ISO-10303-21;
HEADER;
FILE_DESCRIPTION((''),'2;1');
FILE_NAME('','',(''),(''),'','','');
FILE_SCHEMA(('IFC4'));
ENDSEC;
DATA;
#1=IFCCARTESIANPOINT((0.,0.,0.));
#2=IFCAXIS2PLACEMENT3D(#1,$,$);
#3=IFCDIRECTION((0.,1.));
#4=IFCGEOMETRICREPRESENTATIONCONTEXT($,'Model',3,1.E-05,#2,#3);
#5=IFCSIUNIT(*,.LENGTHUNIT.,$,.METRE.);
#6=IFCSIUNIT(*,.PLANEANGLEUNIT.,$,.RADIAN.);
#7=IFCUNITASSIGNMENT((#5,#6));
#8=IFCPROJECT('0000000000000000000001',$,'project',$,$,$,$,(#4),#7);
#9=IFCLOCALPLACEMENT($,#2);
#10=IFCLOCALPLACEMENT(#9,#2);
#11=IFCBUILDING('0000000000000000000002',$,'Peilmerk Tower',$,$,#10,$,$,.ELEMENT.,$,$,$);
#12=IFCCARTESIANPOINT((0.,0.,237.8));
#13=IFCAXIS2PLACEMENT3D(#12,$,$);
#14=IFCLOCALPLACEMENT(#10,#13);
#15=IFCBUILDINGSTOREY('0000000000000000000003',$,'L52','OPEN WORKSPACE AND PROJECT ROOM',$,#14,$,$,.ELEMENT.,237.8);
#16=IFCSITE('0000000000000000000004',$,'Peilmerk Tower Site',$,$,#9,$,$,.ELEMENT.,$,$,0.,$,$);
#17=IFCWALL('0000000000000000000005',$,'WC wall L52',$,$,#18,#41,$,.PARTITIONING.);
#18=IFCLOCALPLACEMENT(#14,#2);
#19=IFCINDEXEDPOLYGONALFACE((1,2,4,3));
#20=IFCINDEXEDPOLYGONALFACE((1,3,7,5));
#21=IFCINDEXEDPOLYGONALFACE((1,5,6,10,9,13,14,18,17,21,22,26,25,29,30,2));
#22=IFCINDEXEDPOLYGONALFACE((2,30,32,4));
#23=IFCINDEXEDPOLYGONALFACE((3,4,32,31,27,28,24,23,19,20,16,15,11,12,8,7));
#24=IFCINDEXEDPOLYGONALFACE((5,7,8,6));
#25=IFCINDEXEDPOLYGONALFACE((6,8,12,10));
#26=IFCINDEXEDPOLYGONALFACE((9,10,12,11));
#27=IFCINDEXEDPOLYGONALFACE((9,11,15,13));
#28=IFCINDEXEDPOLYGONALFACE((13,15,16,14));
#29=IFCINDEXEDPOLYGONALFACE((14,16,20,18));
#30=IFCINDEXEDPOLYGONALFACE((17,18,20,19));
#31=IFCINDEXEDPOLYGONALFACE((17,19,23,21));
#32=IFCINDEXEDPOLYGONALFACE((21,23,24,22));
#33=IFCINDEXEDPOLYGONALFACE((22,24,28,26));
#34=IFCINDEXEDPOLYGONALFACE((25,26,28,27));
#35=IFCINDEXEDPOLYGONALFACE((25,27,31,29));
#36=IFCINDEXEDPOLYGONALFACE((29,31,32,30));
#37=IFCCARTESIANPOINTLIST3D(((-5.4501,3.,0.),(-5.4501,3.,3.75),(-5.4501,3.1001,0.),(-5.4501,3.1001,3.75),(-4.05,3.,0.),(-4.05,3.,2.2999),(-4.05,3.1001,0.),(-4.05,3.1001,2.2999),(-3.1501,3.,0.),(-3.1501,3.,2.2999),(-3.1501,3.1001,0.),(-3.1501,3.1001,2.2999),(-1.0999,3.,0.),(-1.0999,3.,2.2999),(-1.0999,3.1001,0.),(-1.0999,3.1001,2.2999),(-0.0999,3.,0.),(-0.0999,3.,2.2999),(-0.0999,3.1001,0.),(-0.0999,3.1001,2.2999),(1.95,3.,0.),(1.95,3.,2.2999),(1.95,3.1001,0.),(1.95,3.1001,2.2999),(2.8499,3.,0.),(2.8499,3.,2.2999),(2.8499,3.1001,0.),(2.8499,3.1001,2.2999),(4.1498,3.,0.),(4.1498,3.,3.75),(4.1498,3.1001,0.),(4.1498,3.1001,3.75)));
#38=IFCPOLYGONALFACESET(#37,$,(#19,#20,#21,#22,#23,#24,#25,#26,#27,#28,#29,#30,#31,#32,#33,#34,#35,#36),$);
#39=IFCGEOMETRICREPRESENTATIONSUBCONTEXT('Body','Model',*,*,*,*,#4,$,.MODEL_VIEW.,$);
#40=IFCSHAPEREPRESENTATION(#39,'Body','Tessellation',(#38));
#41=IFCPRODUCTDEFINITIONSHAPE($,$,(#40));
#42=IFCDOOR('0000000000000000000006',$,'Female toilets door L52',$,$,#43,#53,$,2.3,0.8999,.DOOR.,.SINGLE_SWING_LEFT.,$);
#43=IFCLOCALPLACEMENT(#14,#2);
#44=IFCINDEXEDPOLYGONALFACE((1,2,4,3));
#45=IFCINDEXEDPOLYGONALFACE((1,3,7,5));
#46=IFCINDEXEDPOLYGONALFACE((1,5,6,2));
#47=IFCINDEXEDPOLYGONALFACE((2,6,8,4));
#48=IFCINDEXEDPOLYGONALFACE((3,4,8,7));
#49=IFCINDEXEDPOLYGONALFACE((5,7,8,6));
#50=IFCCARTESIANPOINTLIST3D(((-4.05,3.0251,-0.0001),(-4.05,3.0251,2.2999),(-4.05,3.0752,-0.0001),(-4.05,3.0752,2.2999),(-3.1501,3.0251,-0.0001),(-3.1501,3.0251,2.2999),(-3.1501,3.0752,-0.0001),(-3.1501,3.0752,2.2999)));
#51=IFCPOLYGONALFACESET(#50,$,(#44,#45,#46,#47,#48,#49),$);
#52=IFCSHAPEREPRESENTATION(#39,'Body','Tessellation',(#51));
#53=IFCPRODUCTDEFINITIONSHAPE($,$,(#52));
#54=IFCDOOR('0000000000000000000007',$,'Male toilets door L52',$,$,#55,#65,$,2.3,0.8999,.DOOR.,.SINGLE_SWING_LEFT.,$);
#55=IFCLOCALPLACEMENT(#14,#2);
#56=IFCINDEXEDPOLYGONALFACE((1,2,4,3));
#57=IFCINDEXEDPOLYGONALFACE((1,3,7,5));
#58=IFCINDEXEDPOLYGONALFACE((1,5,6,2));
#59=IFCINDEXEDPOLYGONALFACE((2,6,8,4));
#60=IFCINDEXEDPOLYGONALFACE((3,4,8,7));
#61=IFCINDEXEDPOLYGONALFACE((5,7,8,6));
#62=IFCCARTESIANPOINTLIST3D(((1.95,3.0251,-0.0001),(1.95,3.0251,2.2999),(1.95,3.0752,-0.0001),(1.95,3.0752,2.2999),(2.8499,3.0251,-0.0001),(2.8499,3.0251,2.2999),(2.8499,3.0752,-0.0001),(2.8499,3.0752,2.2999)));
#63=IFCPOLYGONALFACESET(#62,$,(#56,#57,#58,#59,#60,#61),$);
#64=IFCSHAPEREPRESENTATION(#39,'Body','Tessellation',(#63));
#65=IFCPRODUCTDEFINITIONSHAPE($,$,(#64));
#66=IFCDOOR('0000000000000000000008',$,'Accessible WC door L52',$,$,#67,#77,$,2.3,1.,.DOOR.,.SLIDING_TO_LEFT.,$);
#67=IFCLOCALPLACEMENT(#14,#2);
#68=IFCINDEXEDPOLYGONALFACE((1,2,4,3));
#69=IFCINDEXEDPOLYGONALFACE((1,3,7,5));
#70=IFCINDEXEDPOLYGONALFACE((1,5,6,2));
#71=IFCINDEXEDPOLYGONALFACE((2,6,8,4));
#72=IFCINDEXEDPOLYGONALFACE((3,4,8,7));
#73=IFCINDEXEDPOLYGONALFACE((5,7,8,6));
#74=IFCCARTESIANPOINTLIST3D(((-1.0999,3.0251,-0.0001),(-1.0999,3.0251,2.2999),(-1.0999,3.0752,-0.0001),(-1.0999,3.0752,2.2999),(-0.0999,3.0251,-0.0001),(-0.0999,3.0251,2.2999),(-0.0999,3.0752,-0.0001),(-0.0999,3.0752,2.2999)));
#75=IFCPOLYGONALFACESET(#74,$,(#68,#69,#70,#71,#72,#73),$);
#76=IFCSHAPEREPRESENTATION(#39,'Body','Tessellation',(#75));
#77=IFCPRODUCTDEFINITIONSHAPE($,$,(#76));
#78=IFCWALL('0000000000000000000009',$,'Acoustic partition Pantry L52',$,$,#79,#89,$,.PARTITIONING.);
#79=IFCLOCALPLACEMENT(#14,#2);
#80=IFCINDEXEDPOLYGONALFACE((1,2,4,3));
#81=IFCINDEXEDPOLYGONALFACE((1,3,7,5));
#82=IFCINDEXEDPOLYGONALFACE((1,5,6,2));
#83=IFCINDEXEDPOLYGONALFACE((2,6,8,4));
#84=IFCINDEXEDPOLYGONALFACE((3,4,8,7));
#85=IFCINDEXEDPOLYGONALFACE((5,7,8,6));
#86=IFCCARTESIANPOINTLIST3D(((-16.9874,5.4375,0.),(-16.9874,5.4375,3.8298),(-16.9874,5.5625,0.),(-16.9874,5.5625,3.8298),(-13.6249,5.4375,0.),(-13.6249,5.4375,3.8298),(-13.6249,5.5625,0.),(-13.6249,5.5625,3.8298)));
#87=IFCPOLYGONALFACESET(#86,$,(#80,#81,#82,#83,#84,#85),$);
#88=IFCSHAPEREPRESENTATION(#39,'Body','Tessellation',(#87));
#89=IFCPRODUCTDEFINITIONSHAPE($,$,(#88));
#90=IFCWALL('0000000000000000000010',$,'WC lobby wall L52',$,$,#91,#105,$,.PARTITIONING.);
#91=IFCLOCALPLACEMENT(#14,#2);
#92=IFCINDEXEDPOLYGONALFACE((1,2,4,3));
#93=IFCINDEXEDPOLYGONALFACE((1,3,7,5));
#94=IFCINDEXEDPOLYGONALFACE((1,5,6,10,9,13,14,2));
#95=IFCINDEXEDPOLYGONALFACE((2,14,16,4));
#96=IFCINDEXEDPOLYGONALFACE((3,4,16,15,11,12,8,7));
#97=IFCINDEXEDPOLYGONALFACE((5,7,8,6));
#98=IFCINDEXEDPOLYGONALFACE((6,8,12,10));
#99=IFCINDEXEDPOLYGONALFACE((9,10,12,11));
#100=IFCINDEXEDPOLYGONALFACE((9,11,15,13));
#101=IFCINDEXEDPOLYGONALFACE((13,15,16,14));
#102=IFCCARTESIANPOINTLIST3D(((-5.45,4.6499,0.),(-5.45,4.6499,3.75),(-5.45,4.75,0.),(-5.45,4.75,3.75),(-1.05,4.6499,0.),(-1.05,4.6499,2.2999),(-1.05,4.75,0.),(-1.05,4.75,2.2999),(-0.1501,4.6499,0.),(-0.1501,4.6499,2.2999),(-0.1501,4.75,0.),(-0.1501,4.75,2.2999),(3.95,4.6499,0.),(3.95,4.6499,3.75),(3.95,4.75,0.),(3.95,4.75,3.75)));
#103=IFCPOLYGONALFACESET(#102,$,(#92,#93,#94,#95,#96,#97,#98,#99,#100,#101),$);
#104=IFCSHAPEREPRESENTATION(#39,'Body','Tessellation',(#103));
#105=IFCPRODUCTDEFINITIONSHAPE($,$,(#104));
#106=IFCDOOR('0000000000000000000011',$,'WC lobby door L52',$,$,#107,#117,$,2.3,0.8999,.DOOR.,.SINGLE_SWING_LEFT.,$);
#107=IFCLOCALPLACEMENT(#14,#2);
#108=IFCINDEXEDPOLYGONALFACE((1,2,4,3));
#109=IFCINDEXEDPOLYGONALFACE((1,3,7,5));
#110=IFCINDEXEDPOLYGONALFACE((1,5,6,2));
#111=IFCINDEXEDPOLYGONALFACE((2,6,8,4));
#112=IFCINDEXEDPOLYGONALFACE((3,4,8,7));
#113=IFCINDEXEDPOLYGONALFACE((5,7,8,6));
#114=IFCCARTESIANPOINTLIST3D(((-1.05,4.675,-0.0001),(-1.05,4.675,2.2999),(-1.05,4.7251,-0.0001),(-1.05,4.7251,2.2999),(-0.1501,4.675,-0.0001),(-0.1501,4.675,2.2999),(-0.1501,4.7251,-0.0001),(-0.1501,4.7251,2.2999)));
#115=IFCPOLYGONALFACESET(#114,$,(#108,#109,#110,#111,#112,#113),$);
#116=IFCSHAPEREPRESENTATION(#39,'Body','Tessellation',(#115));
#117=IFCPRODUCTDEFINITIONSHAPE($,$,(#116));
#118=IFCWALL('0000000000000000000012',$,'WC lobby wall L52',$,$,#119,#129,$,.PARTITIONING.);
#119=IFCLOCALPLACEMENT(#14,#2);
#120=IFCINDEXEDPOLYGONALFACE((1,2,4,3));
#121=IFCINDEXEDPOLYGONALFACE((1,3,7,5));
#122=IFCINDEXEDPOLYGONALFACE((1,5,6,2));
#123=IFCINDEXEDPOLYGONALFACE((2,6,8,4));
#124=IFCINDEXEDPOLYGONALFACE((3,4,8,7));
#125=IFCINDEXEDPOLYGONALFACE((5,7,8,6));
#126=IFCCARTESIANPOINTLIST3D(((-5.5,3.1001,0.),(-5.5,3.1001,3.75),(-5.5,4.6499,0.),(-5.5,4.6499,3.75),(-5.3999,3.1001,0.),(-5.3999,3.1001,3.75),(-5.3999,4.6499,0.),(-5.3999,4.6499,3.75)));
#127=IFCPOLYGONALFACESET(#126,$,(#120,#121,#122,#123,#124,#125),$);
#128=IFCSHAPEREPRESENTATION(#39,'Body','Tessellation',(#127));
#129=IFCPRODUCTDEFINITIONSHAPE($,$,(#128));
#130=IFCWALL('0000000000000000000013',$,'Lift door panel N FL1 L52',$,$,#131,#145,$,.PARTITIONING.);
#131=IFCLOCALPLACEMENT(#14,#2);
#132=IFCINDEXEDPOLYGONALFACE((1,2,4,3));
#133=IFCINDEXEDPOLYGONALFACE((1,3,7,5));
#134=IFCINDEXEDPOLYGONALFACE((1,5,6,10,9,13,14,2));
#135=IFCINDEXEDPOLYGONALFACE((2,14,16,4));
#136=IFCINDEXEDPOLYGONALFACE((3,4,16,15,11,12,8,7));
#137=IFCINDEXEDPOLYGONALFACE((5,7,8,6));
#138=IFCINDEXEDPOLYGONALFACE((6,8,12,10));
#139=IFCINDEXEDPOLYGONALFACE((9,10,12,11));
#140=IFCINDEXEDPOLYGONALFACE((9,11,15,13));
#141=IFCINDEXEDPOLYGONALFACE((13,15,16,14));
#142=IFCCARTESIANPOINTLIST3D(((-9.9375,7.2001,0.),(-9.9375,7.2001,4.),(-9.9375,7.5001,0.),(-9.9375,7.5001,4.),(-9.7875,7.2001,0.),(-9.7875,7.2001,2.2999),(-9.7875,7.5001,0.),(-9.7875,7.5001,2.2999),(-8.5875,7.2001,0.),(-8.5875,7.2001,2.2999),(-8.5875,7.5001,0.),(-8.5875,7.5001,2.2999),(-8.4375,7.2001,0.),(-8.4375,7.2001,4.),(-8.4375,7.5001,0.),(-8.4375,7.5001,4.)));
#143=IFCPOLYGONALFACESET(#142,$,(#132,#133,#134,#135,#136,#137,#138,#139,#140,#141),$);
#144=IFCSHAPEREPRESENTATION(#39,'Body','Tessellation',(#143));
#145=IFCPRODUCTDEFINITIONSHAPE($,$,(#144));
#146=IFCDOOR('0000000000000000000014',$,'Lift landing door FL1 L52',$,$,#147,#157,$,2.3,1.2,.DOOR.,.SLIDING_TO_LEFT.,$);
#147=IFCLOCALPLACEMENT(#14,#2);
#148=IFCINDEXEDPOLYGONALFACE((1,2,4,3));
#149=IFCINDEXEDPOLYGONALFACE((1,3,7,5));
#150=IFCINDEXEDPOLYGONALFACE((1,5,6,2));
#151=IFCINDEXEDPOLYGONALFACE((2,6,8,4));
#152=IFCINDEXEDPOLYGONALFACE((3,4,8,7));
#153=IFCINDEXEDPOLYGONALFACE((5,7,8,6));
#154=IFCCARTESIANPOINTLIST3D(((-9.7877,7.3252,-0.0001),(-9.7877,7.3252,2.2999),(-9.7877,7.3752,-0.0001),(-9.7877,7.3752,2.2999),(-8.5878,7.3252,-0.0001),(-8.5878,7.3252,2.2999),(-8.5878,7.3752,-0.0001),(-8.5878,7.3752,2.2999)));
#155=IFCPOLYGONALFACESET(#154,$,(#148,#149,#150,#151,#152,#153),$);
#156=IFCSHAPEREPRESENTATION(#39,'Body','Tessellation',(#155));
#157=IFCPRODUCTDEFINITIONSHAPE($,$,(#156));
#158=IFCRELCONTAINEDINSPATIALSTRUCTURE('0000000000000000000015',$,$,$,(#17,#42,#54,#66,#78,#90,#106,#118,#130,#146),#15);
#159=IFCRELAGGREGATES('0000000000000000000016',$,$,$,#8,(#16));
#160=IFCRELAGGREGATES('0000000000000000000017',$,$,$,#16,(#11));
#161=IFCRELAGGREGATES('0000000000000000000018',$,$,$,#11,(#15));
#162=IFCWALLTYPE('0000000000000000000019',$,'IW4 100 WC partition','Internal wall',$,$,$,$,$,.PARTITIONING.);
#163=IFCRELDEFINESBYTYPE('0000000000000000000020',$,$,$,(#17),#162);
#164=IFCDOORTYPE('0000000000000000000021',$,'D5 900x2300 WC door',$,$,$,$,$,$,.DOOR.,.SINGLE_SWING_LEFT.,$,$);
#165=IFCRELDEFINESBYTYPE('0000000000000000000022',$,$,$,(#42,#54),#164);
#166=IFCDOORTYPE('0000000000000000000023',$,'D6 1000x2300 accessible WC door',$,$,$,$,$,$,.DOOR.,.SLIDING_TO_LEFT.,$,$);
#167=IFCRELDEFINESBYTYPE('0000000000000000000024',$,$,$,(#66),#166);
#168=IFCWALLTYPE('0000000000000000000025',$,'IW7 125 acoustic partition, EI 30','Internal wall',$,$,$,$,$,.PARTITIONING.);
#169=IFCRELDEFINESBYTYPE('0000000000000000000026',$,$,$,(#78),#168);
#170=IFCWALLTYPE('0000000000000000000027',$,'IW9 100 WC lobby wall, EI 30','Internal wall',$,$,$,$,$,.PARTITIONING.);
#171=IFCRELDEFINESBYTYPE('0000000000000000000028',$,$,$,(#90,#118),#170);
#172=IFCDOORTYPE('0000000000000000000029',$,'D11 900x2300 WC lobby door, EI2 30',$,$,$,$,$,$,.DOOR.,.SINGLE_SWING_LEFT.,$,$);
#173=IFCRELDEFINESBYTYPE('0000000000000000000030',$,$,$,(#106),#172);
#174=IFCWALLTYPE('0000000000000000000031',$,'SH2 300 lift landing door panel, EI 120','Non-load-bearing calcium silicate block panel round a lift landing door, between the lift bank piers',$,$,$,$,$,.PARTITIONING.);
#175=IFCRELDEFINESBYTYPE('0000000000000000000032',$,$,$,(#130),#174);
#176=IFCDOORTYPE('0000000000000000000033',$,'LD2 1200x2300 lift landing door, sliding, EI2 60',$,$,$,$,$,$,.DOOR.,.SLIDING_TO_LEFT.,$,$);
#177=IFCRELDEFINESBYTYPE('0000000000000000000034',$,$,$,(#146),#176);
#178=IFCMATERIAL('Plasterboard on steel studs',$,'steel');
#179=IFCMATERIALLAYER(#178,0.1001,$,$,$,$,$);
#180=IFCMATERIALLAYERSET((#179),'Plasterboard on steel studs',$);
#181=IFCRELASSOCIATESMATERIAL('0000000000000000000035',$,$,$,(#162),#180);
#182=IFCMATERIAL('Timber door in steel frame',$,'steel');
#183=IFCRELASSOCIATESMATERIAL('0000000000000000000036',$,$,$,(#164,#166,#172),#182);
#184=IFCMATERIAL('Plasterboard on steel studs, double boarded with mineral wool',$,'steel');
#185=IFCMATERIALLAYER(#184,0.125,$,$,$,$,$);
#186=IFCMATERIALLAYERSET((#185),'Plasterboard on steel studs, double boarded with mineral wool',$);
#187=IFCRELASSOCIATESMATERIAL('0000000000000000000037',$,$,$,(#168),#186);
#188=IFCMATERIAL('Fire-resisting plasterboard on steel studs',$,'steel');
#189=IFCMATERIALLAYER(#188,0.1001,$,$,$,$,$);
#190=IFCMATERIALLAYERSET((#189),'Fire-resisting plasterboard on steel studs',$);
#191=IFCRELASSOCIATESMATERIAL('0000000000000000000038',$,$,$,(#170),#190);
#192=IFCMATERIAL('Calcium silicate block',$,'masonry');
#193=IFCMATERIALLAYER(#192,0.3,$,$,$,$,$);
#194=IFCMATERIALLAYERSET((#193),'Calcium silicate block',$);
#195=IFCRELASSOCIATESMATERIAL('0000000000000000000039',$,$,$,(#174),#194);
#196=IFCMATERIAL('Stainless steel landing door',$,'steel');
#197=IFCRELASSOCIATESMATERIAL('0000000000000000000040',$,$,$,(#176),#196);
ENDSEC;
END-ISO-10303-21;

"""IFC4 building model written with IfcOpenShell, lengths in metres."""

from ifc_helpers import new_model, si_unit, direction, frame, frame_2d, origin, place, context, subcontext, project, spatial, rectangle, extrude, material, layer, layer_set, type_object, element, fill, save


model = new_model("IFC4")

# Units and contexts
model_context = context("Model", 3, precision=1e-05, world=origin(), true_north=direction((0.0, 1.0)))
body_context = subcontext(model_context, "Body", "Model", "MODEL_VIEW")
ifc_project = project(units=[si_unit("LENGTHUNIT", "METRE"), si_unit("PLANEANGLEUNIT", "RADIAN")], contexts=[model_context])

# Site, building, storey
site_placement = place(None, origin())
site = spatial("IfcSite", under=ifc_project, at=site_placement, Name="Peilmerk Tower Site", CompositionType="ELEMENT", RefElevation=0.0)
building_placement = place(site_placement, origin())
building = spatial("IfcBuilding", under=site, at=building_placement, Name="Peilmerk Tower", CompositionType="ELEMENT")
storey_placement = place(building_placement, frame((0.0, 0.0, 237.8)))
storey = spatial("IfcBuildingStorey", under=building, at=storey_placement, Name="L52", Description="OPEN WORKSPACE AND PROJECT ROOM", CompositionType="ELEMENT", Elevation=237.8)

# Wall, openings, doors
ifc_material_1 = material(Name="Plasterboard on steel studs", Category="steel")
ifc_layer_1 = layer(ifc_material_1, 0.1001)
ifc_layer_set_1 = layer_set([ifc_layer_1], Name="Plasterboard on steel studs")
wall_type_1 = type_object("IfcWallType", Name="IW4 100 WC partition", Description="Internal wall", PredefinedType="PARTITIONING", material=ifc_layer_set_1)
wall_1_placement = place(storey_placement, frame((-5.45, 3.05, 0.0), z_axis=(0.0, 0.0, 1.0), x_axis=(1.0, 0.0, 0.0)))
wall_1 = element("IfcWall", 1, at=wall_1_placement, inside=storey, type_object=wall_type_1, Name="WC wall L52", PredefinedType="PARTITIONING", context=body_context, shape_type="SweptSolid", body=[
    extrude(rectangle(XDim=9.5999, YDim=0.1001, at=frame_2d((4.7998, 0.0))), origin(), (0.0, 0.0, 1.0), 3.75),
])
opening_1_placement = place(wall_1_placement, frame((1.3999, 0.0, 0.0)))
opening_1 = element("IfcOpeningElement", 2, at=opening_1_placement, cuts=wall_1, PredefinedType="OPENING", context=body_context, shape_type="SweptSolid", body=[
    extrude(rectangle(XDim=0.8999, YDim=2.3, at=frame_2d((0.45, 1.1499))), frame((0.0, 0.0601, 0.0), z_axis=(0.0, -1.0, 0.0), x_axis=(1.0, 0.0, 0.0)), (0.0, 0.0, 1.0), 0.1201),
])
opening_2_placement = place(wall_1_placement, frame((4.3501, 0.0, 0.0)))
opening_2 = element("IfcOpeningElement", 3, at=opening_2_placement, cuts=wall_1, PredefinedType="OPENING", context=body_context, shape_type="SweptSolid", body=[
    extrude(rectangle(XDim=1.0, YDim=2.3, at=frame_2d((0.5, 1.1499))), frame((0.0, 0.0601, 0.0), z_axis=(0.0, -1.0, 0.0), x_axis=(1.0, 0.0, 0.0)), (0.0, 0.0, 1.0), 0.1201),
])
opening_3_placement = place(wall_1_placement, frame((7.3999, 0.0, 0.0)))
opening_3 = element("IfcOpeningElement", 4, at=opening_3_placement, cuts=wall_1, PredefinedType="OPENING", context=body_context, shape_type="SweptSolid", body=[
    extrude(rectangle(XDim=0.8999, YDim=2.3, at=frame_2d((0.45, 1.1499))), frame((0.0, 0.0601, 0.0), z_axis=(0.0, -1.0, 0.0), x_axis=(1.0, 0.0, 0.0)), (0.0, 0.0, 1.0), 0.1201),
])
ifc_material_2 = material(Name="Timber door in steel frame", Category="steel")
door_type_1 = type_object("IfcDoorType", Name="D5 900x2300 WC door", OperationType="SINGLE_SWING_LEFT", PredefinedType="DOOR", material=ifc_material_2)
door_1_placement = place(opening_1_placement, frame((0.8999, 0.0, 0.0), z_axis=(0.0, 0.0, 1.0), x_axis=(-1.0, 0.0, 0.0)))
door_1 = element("IfcDoor", 5, at=door_1_placement, inside=storey, type_object=door_type_1, Name="Female toilets door L52", OperationType="SINGLE_SWING_LEFT", OverallHeight=2.3, OverallWidth=0.8999, PredefinedType="DOOR", context=body_context, shape_type="SweptSolid", body=[
    extrude(rectangle(XDim=0.8999, YDim=2.3, at=frame_2d((0.45, 1.1499))), frame((0.0, 0.0249, 0.0), z_axis=(0.0, -1.0, 0.0), x_axis=(1.0, 0.0, 0.0)), (0.0, 0.0, 1.0), 0.05),
])
fill(opening_1, door_1)
door_2_placement = place(opening_3_placement, frame((0.8999, 0.0, 0.0), z_axis=(0.0, 0.0, 1.0), x_axis=(-1.0, 0.0, 0.0)))
door_2 = element("IfcDoor", 6, at=door_2_placement, inside=storey, type_object=door_type_1, Name="Male toilets door L52", OperationType="SINGLE_SWING_LEFT", OverallHeight=2.3, OverallWidth=0.8999, PredefinedType="DOOR", context=body_context, shape_type="SweptSolid", body=[
    extrude(rectangle(XDim=0.8999, YDim=2.3, at=frame_2d((0.45, 1.1499))), frame((0.0, 0.0249, 0.0), z_axis=(0.0, -1.0, 0.0), x_axis=(1.0, 0.0, 0.0)), (0.0, 0.0, 1.0), 0.05),
])
fill(opening_3, door_2)
door_type_2 = type_object("IfcDoorType", Name="D6 1000x2300 accessible WC door", OperationType="SLIDING_TO_LEFT", PredefinedType="DOOR", material=ifc_material_2)
door_3_placement = place(opening_2_placement, frame((1.0, 0.0, 0.0), z_axis=(0.0, 0.0, 1.0), x_axis=(-1.0, 0.0, 0.0)))
door_3 = element("IfcDoor", 7, at=door_3_placement, inside=storey, type_object=door_type_2, Name="Accessible WC door L52", OperationType="SLIDING_TO_LEFT", OverallHeight=2.3, OverallWidth=1.0, PredefinedType="DOOR", context=body_context, shape_type="SweptSolid", body=[
    extrude(rectangle(XDim=1.0, YDim=2.3, at=frame_2d((0.5, 1.1499))), frame((0.0, 0.0249, 0.0), z_axis=(0.0, -1.0, 0.0), x_axis=(1.0, 0.0, 0.0)), (0.0, 0.0, 1.0), 0.05),
])
fill(opening_2, door_3)

# Wall
ifc_material_3 = material(Name="Plasterboard on steel studs, double boarded with mineral wool", Category="steel")
ifc_layer_2 = layer(ifc_material_3, 0.125)
ifc_layer_set_2 = layer_set([ifc_layer_2], Name="Plasterboard on steel studs, double boarded with mineral wool")
wall_type_2 = type_object("IfcWallType", Name="IW7 125 acoustic partition, EI 30", Description="Internal wall", PredefinedType="PARTITIONING", material=ifc_layer_set_2)
wall_2_placement = place(storey_placement, frame((-13.625, 5.5, 0.0), z_axis=(0.0, 0.0, 1.0), x_axis=(-1.0, 0.0, 0.0)))
element("IfcWall", 8, at=wall_2_placement, inside=storey, type_object=wall_type_2, Name="Acoustic partition Pantry L52", PredefinedType="PARTITIONING", context=body_context, shape_type="SweptSolid", body=[
    extrude(rectangle(XDim=3.3625, YDim=0.125, at=frame_2d((1.6812, 0.0))), origin(), (0.0, 0.0, 1.0), 3.8298),
])

# Wall, opening, door
ifc_material_4 = material(Name="Fire-resisting plasterboard on steel studs", Category="steel")
ifc_layer_3 = layer(ifc_material_4, 0.1001)
ifc_layer_set_3 = layer_set([ifc_layer_3], Name="Fire-resisting plasterboard on steel studs")
wall_type_3 = type_object("IfcWallType", Name="IW9 100 WC lobby wall, EI 30", Description="Internal wall", PredefinedType="PARTITIONING", material=ifc_layer_set_3)
wall_3_placement = place(storey_placement, frame((-5.45, 4.7, 0.0), z_axis=(0.0, 0.0, 1.0), x_axis=(1.0, 0.0, 0.0)))
wall_3 = element("IfcWall", 9, at=wall_3_placement, inside=storey, type_object=wall_type_3, Name="WC lobby wall L52", PredefinedType="PARTITIONING", context=body_context, shape_type="SweptSolid", body=[
    extrude(rectangle(XDim=9.3999, YDim=0.1001, at=frame_2d((4.7, 0.0))), origin(), (0.0, 0.0, 1.0), 3.75),
])
opening_4_placement = place(wall_3_placement, frame((4.3999, 0.0, 0.0)))
opening_4 = element("IfcOpeningElement", 10, at=opening_4_placement, cuts=wall_3, PredefinedType="OPENING", context=body_context, shape_type="SweptSolid", body=[
    extrude(rectangle(XDim=0.8999, YDim=2.3, at=frame_2d((0.45, 1.1499))), frame((0.0, 0.0601, 0.0), z_axis=(0.0, -1.0, 0.0), x_axis=(1.0, 0.0, 0.0)), (0.0, 0.0, 1.0), 0.1201),
])
door_type_3 = type_object("IfcDoorType", Name="D11 900x2300 WC lobby door, EI2 30", OperationType="SINGLE_SWING_LEFT", PredefinedType="DOOR", material=ifc_material_2)
door_4_placement = place(opening_4_placement, frame((0.8999, 0.0, 0.0), z_axis=(0.0, 0.0, 1.0), x_axis=(-1.0, 0.0, 0.0)))
door_4 = element("IfcDoor", 11, at=door_4_placement, inside=storey, type_object=door_type_3, Name="WC lobby door L52", OperationType="SINGLE_SWING_LEFT", OverallHeight=2.3, OverallWidth=0.8999, PredefinedType="DOOR", context=body_context, shape_type="SweptSolid", body=[
    extrude(rectangle(XDim=0.8999, YDim=2.3, at=frame_2d((0.45, 1.1499))), frame((0.0, 0.0249, 0.0), z_axis=(0.0, -1.0, 0.0), x_axis=(1.0, 0.0, 0.0)), (0.0, 0.0, 1.0), 0.05),
])
fill(opening_4, door_4)

# Wall
wall_4_placement = place(storey_placement, frame((-5.45, 3.1001, 0.0), z_axis=(0.0, 0.0, 1.0), x_axis=(0.0, 1.0, 0.0)))
element("IfcWall", 12, at=wall_4_placement, inside=storey, type_object=wall_type_3, Name="WC lobby wall L52", PredefinedType="PARTITIONING", context=body_context, shape_type="SweptSolid", body=[
    extrude(rectangle(XDim=1.5498, YDim=0.1001, at=frame_2d((0.7749, 0.0))), origin(), (0.0, 0.0, 1.0), 3.75),
])

# Wall, opening, door
ifc_material_5 = material(Name="Calcium silicate block", Category="masonry")
ifc_layer_4 = layer(ifc_material_5, 0.3)
ifc_layer_set_4 = layer_set([ifc_layer_4], Name="Calcium silicate block")
wall_type_4 = type_object("IfcWallType", Name="SH2 300 lift landing door panel, EI 120", Description="Non-load-bearing calcium silicate block panel round a lift landing door, between the lift bank piers", PredefinedType="PARTITIONING", material=ifc_layer_set_4)
wall_5_placement = place(storey_placement, frame((-9.9375, 7.3501, 0.0), z_axis=(0.0, 0.0, 1.0), x_axis=(1.0, 0.0, 0.0)))
wall_5 = element("IfcWall", 13, at=wall_5_placement, inside=storey, type_object=wall_type_4, Name="Lift door panel N FL1 L52", PredefinedType="PARTITIONING", context=body_context, shape_type="SweptSolid", body=[
    extrude(rectangle(XDim=1.5, YDim=0.3, at=frame_2d((0.75, 0.0))), origin(), (0.0, 0.0, 1.0), 4.0),
])
opening_5_placement = place(wall_5_placement, frame((0.1499, 0.0, 0.0)))
opening_5 = element("IfcOpeningElement", 14, at=opening_5_placement, cuts=wall_5, PredefinedType="OPENING", context=body_context, shape_type="SweptSolid", body=[
    extrude(rectangle(XDim=1.2, YDim=2.3, at=frame_2d((0.6001, 1.1499))), frame((0.0, 0.1599, 0.0), z_axis=(0.0, -1.0, 0.0), x_axis=(1.0, 0.0, 0.0)), (0.0, 0.0, 1.0), 0.3201),
])
ifc_material_6 = material(Name="Stainless steel landing door", Category="steel")
door_type_4 = type_object("IfcDoorType", Name="LD2 1200x2300 lift landing door, sliding, EI2 60", OperationType="SLIDING_TO_LEFT", PredefinedType="DOOR", material=ifc_material_6)
door_5_placement = place(opening_5_placement, frame((1.2, 0.0, 0.0), z_axis=(0.0, 0.0, 1.0), x_axis=(-1.0, 0.0, 0.0)))
door_5 = element("IfcDoor", 15, at=door_5_placement, inside=storey, type_object=door_type_4, Name="Lift landing door FL1 L52", OperationType="SLIDING_TO_LEFT", OverallHeight=2.3, OverallWidth=1.2, PredefinedType="DOOR", context=body_context, shape_type="SweptSolid", body=[
    extrude(rectangle(XDim=1.2, YDim=2.3, at=frame_2d((0.6001, 1.1499))), frame((0.0, 0.0249, 0.0), z_axis=(0.0, -1.0, 0.0), x_axis=(1.0, 0.0, 0.0)), (0.0, 0.0, 1.0), 0.05),
])
fill(opening_5, door_5)

save(model, "model.ifc")
